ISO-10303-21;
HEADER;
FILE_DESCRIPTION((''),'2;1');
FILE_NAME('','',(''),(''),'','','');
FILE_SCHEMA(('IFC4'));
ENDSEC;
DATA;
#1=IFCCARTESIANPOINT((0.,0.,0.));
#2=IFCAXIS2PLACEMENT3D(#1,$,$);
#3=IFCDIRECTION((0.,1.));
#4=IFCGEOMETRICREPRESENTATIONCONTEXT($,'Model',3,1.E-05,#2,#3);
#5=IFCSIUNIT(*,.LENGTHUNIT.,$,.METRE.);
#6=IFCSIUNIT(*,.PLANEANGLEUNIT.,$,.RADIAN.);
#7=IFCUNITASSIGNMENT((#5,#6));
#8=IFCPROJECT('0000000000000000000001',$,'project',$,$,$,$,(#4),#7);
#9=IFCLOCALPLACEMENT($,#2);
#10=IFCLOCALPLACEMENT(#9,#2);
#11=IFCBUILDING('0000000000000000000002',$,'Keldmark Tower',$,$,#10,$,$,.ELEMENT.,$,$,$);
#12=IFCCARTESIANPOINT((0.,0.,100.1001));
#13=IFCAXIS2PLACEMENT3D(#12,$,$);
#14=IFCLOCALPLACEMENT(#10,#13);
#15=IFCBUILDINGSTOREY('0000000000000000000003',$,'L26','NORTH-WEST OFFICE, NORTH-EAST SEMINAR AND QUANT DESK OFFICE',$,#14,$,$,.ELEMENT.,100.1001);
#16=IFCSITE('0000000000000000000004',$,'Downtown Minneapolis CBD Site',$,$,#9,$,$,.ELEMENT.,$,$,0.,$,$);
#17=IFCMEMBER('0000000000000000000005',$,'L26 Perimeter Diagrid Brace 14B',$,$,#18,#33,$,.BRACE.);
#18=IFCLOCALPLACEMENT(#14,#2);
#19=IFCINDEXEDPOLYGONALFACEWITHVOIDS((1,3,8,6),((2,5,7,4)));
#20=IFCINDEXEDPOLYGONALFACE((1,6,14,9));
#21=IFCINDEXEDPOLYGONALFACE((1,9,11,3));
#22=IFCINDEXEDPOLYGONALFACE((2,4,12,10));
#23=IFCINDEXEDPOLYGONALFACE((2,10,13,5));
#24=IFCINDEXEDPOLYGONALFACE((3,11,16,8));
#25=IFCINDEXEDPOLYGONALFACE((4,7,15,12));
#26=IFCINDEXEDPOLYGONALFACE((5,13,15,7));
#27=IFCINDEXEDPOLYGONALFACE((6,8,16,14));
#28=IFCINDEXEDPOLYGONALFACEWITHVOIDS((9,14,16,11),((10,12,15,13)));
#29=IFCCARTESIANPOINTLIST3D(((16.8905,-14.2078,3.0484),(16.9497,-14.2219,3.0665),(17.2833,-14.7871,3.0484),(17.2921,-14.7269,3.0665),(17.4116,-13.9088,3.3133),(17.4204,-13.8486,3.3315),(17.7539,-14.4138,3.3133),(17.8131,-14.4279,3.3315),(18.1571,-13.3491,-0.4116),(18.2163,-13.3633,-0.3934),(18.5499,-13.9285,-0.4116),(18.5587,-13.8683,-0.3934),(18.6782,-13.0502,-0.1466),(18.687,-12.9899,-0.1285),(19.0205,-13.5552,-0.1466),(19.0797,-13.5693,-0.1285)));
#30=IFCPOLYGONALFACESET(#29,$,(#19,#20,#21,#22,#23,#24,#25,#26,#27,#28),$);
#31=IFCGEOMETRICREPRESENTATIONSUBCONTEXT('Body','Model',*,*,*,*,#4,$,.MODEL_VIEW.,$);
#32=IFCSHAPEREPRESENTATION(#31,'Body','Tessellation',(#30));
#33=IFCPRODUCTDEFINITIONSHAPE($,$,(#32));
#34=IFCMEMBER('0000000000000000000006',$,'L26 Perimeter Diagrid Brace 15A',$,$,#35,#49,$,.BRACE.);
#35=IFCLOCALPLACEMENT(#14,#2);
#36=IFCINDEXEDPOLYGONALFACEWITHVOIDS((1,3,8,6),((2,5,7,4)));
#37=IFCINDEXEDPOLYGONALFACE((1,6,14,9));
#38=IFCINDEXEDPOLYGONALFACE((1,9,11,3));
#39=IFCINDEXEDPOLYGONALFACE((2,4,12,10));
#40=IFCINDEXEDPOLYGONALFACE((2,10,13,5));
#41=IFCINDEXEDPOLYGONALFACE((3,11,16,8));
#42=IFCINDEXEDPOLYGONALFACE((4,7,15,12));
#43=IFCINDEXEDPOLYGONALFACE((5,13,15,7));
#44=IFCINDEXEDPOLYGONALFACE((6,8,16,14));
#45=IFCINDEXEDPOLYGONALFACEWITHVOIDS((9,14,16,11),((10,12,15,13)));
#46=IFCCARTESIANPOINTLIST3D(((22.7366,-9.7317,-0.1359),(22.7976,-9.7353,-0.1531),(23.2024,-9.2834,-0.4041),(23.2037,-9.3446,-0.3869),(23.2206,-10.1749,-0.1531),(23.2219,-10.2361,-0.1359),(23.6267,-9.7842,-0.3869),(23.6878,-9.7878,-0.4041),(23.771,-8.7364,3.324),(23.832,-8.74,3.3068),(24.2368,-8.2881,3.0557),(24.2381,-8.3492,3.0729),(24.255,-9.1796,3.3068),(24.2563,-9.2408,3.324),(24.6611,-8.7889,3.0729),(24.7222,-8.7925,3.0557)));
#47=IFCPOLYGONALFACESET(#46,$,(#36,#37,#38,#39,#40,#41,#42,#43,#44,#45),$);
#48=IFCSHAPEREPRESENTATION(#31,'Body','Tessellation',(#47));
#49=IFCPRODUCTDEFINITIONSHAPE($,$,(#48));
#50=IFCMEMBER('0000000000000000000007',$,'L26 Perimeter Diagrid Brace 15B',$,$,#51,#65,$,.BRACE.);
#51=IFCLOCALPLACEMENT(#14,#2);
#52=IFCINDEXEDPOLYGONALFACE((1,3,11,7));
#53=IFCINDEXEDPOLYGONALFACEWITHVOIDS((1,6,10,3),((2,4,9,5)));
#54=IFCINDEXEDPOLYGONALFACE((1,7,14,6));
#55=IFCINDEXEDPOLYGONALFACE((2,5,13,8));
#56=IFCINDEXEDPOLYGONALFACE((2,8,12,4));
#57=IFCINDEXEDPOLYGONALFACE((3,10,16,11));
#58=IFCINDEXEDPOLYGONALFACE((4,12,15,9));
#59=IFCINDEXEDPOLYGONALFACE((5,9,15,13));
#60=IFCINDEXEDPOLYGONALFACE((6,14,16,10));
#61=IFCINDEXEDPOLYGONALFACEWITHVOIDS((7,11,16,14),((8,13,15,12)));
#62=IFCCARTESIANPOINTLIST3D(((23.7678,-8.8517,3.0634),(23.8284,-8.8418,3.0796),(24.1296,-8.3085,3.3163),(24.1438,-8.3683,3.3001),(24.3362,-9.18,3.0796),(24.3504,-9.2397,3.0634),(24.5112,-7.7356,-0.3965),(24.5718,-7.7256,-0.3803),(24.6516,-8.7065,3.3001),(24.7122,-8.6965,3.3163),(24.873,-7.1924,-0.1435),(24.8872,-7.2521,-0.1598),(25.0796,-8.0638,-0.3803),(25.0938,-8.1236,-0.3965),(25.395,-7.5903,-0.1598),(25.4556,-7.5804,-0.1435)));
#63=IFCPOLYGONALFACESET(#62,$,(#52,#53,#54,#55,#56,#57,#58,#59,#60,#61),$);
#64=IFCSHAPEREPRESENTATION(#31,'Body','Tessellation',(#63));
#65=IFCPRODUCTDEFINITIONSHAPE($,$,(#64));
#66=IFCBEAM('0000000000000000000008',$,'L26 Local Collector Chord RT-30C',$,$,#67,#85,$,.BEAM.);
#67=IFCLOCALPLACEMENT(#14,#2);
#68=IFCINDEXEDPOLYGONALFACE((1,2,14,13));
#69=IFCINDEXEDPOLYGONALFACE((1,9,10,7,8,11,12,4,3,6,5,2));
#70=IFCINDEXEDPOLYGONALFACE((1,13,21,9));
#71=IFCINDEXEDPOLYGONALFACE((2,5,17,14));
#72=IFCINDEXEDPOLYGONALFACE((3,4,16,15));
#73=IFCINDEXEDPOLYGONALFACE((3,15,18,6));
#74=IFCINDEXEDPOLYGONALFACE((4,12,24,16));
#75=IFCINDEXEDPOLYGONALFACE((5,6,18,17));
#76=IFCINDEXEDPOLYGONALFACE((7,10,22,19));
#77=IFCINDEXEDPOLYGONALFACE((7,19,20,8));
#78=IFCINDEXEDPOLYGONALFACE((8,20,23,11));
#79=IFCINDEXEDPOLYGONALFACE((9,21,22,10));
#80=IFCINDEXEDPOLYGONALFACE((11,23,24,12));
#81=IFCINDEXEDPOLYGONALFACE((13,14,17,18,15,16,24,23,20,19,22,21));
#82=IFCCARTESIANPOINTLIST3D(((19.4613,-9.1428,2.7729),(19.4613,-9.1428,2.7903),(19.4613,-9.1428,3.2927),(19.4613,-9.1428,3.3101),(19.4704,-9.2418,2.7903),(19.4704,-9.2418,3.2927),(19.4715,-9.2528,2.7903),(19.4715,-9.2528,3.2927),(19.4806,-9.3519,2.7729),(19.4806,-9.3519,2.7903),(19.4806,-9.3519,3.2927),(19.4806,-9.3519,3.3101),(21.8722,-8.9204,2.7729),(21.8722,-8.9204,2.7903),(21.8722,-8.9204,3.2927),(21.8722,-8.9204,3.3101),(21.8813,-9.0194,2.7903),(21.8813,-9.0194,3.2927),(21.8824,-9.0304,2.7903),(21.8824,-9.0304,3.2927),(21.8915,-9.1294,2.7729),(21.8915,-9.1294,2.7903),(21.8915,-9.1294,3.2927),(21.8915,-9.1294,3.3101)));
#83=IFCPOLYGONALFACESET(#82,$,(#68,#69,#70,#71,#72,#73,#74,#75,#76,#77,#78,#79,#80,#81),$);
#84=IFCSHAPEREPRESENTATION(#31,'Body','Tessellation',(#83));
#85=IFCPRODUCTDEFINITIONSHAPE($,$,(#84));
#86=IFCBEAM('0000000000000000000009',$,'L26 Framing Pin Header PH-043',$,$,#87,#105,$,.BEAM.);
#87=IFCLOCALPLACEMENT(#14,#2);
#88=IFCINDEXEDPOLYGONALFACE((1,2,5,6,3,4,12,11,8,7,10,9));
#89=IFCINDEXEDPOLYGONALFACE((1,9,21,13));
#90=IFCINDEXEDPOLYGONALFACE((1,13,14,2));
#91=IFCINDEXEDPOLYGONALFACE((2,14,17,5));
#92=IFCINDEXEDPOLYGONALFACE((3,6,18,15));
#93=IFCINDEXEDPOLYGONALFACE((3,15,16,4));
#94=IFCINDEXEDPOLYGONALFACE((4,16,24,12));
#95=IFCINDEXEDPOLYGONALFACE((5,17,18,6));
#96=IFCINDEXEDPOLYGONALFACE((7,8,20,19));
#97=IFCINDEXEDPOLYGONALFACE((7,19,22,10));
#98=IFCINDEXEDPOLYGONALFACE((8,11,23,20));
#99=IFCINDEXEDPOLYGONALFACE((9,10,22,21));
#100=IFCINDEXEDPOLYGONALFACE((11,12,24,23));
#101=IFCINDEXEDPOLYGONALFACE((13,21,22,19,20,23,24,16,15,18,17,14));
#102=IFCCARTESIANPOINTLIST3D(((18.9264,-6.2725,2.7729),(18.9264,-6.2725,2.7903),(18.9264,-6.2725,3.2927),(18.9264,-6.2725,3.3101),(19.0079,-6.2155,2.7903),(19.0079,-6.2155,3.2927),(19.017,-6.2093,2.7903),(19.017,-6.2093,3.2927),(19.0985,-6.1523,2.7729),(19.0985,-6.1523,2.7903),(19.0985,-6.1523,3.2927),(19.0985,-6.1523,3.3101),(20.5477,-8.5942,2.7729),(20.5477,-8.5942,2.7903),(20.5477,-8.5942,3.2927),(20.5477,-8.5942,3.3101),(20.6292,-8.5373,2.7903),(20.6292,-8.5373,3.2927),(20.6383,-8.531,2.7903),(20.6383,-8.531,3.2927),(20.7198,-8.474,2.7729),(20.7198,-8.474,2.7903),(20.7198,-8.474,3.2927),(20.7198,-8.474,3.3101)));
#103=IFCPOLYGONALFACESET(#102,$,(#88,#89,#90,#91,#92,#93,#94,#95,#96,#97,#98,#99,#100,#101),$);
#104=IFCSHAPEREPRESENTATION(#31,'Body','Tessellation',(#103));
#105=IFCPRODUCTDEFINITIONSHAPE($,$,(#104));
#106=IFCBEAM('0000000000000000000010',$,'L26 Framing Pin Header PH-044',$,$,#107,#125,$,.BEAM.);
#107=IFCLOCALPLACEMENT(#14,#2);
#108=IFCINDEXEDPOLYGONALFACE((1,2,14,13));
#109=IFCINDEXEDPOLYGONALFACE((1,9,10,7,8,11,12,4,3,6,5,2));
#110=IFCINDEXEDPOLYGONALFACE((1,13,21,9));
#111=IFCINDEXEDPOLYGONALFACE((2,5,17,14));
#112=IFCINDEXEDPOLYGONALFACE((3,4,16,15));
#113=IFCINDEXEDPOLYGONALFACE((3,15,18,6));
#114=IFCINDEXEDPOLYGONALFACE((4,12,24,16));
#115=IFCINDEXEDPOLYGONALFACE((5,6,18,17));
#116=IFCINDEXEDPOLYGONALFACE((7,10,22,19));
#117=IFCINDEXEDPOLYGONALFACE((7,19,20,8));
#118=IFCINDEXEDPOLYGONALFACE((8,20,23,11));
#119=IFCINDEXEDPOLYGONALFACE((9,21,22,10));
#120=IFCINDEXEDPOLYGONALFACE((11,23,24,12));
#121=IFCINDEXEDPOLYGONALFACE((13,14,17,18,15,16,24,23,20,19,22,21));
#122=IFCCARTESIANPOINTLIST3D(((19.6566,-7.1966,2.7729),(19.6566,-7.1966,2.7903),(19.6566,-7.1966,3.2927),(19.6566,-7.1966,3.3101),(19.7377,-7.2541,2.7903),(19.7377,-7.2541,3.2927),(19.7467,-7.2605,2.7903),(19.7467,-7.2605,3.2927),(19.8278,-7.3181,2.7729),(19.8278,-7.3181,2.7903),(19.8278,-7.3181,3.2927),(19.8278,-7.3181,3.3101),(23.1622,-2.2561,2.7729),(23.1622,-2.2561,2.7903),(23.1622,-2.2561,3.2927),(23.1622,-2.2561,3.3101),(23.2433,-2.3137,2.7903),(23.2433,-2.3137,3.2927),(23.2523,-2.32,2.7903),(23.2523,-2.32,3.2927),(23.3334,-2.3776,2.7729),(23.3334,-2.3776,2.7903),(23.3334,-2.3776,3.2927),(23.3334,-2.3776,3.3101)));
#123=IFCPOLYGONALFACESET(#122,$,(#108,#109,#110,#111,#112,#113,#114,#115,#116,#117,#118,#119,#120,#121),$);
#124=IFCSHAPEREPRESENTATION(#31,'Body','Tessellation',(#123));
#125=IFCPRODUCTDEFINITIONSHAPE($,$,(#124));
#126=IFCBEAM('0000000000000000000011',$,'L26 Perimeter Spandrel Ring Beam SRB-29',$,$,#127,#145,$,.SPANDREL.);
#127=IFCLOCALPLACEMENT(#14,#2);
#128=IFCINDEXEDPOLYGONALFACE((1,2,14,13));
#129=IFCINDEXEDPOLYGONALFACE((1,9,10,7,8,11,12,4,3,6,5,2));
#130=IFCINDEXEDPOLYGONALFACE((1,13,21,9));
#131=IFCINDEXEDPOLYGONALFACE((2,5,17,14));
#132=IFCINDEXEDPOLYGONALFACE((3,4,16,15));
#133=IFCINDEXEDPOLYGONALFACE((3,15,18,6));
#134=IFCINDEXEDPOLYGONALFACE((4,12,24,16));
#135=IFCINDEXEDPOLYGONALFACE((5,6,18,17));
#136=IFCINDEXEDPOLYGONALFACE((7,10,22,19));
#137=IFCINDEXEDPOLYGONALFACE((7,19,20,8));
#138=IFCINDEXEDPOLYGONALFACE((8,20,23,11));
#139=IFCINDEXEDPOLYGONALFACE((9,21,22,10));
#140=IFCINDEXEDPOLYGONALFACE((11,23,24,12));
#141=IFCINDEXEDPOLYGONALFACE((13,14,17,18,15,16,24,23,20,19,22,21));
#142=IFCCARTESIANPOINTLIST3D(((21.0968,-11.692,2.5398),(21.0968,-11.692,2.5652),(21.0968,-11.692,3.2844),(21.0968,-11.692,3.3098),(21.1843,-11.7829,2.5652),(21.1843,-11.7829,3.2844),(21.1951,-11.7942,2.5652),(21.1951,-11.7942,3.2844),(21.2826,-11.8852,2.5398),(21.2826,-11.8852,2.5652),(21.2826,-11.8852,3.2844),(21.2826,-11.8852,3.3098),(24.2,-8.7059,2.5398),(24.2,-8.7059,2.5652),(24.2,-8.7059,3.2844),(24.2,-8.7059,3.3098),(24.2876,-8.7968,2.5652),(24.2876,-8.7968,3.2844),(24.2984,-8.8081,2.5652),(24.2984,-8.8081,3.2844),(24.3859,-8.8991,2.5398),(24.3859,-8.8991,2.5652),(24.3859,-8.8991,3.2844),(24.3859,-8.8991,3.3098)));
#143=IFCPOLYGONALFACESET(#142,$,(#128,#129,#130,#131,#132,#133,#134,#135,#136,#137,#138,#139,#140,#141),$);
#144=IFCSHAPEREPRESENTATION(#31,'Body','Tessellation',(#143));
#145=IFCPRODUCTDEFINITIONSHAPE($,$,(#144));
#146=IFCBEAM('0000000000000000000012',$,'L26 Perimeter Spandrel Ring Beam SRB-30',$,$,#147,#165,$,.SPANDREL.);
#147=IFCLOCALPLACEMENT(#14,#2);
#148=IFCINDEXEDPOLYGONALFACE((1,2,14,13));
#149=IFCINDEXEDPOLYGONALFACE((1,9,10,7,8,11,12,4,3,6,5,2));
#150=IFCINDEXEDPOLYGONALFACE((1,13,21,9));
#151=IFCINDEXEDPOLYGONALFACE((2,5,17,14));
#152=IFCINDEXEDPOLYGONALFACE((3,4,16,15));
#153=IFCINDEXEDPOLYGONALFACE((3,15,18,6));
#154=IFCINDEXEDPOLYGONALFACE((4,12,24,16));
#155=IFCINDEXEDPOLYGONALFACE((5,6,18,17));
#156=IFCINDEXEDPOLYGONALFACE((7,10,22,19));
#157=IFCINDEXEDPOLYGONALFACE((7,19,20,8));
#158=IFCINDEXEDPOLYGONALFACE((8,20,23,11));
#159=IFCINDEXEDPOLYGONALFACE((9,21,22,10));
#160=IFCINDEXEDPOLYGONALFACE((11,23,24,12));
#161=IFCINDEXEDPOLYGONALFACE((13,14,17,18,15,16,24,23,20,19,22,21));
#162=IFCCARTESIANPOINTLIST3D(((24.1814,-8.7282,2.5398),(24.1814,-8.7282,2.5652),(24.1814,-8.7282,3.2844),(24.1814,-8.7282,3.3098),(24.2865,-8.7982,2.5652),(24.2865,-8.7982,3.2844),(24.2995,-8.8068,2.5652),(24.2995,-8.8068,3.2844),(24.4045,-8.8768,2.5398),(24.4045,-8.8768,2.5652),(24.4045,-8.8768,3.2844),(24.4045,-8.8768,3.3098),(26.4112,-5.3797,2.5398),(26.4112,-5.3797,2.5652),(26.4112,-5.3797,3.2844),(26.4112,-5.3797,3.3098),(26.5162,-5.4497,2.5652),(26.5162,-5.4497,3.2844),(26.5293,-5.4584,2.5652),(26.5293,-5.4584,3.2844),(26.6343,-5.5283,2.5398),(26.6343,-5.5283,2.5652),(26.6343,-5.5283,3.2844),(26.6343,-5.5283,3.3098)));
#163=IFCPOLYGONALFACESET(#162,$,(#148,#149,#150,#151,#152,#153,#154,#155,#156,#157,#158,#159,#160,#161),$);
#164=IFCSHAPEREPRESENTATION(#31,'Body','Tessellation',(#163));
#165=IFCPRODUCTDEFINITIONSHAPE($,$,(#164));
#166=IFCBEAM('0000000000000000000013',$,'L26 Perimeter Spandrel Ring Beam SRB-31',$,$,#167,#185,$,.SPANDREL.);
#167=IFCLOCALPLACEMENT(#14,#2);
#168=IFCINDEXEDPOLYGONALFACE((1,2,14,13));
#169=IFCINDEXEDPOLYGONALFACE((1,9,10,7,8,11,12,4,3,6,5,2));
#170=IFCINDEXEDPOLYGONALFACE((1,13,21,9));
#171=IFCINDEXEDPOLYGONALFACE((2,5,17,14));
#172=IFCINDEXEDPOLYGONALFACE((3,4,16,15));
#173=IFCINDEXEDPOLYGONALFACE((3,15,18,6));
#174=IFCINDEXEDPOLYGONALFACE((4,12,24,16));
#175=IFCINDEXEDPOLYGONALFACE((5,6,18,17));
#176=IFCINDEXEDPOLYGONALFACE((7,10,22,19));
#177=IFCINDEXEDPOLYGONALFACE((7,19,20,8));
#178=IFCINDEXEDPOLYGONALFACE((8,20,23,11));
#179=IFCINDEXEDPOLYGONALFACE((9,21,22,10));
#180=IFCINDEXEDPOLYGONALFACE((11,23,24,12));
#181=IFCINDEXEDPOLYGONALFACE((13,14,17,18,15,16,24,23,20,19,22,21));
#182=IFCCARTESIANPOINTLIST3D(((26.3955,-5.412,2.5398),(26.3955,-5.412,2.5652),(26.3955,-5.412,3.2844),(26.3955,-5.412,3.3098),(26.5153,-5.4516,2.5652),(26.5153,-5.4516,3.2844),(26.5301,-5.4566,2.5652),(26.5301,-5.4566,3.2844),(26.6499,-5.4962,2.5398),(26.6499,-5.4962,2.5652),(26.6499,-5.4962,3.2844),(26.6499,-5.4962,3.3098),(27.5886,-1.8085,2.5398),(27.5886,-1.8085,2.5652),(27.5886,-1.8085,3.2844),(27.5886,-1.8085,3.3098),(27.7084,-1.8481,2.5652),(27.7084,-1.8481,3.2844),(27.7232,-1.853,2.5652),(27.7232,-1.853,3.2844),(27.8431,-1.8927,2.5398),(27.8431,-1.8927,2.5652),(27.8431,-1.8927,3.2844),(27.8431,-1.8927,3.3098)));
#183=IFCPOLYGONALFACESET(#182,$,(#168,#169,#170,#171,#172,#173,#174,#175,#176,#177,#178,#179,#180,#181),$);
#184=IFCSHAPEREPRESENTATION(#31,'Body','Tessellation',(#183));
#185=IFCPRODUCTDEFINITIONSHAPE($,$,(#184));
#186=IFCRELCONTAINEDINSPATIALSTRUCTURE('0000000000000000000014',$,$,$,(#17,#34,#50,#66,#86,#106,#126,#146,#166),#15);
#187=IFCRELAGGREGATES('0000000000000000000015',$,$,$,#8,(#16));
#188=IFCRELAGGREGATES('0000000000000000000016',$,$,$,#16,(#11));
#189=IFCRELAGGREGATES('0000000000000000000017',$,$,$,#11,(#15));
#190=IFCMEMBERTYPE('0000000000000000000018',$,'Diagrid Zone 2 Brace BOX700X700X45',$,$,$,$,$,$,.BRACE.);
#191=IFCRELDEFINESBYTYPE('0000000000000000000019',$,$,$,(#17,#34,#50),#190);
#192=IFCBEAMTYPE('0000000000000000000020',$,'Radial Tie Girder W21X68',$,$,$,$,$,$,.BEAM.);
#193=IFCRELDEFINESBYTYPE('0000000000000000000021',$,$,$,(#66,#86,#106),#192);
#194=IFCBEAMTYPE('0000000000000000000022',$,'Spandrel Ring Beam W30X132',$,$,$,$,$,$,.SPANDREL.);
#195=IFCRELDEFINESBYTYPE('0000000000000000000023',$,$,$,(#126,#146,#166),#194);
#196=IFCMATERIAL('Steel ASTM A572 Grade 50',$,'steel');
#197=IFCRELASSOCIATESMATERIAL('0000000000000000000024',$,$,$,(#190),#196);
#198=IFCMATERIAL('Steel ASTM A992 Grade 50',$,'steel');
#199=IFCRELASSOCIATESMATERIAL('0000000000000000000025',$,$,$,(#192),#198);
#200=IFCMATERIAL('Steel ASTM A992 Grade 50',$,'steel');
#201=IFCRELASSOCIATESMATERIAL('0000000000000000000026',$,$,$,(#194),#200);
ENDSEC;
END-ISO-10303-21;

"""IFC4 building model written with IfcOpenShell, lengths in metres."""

from ifc_helpers import new_model, si_unit, direction, frame, origin, origin_2d, place, context, subcontext, project, spatial, hollow_rectangle, i_section, extrude, material, material_profile, profile_set, type_object, element, save


model = new_model("IFC4")

# Units and contexts
model_context = context("Model", 3, precision=1e-05, world=origin(), true_north=direction((0.0, 1.0)))
body_context = subcontext(model_context, "Body", "Model", "MODEL_VIEW")
ifc_project = project(units=[si_unit("LENGTHUNIT", "METRE"), si_unit("PLANEANGLEUNIT", "RADIAN")], contexts=[model_context])

# Site, building, storey
site_placement = place(None, origin())
site = spatial("IfcSite", under=ifc_project, at=site_placement, Name="Downtown Minneapolis CBD Site", CompositionType="ELEMENT", RefElevation=0.0)
building_placement = place(site_placement, origin())
building = spatial("IfcBuilding", under=site, at=building_placement, Name="Keldmark Tower", CompositionType="ELEMENT")
storey_placement = place(building_placement, frame((0.0, 0.0, 100.1001)))
storey = spatial("IfcBuildingStorey", under=building, at=storey_placement, Name="L26", Description="NORTH-WEST OFFICE, NORTH-EAST SEMINAR AND QUANT DESK OFFICE", CompositionType="ELEMENT", Elevation=100.1001)

# Members
ifc_material_1 = material(Name="Steel ASTM A572 Grade 50", Category="steel")
ifc_material_profile_1 = material_profile(ifc_material_1, hollow_rectangle(XDim=0.7, YDim=0.7, WallThickness=0.0449, at=origin_2d()), Name="BOX700X700X45")
ifc_profile_set_1 = profile_set([ifc_material_profile_1], Name="Steel ASTM A572 Grade 50")
member_type = type_object("IfcMemberType", Name="Diagrid Zone 2 Brace BOX700X700X45", PredefinedType="BRACE", material=ifc_profile_set_1)
member_1_placement = place(storey_placement, frame((18.6184, -13.4592, -0.27), z_axis=(-0.334793, -0.22696, 0.914551), x_axis=(0.561127, -0.82773, 0.0)))
element("IfcMember", 1, at=member_1_placement, inside=storey, type_object=member_type, Name="L26 Perimeter Diagrid Brace 14B", PredefinedType="BRACE", context=body_context, shape_type="SweptSolid", body=[
    extrude(hollow_rectangle(XDim=0.7, YDim=0.7, WallThickness=0.0449, at=origin_2d()), origin(), (0.0, 0.0, 1.0), 3.7832),
])
member_2_placement = place(storey_placement, frame((23.2122, -9.7598, -0.27), z_axis=(0.276145, 0.265717, 0.923655), x_axis=(-0.69337, 0.720581, 0.0)))
element("IfcMember", 2, at=member_2_placement, inside=storey, type_object=member_type, Name="L26 Perimeter Diagrid Brace 15A", PredefinedType="BRACE", context=body_context, shape_type="SweptSolid", body=[
    extrude(hollow_rectangle(XDim=0.7, YDim=0.7, WallThickness=0.0449, at=origin_2d()), origin(), (0.0, 0.0, 1.0), 3.7458),
])
member_3_placement = place(storey_placement, frame((24.9834, -7.658, -0.27), z_axis=(-0.200337, -0.300802, 0.932407), x_axis=(0.832302, -0.554322, 0.0)))
element("IfcMember", 3, at=member_3_placement, inside=storey, type_object=member_type, Name="L26 Perimeter Diagrid Brace 15B", PredefinedType="BRACE", context=body_context, shape_type="SweptSolid", body=[
    extrude(hollow_rectangle(XDim=0.7, YDim=0.7, WallThickness=0.0449, at=origin_2d()), origin(), (0.0, 0.0, 1.0), 3.7107),
])

# Beams
ifc_material_2 = material(Name="Steel ASTM A992 Grade 50", Category="steel")
ifc_material_profile_2 = material_profile(ifc_material_2, i_section(OverallWidth=0.21, OverallDepth=0.5371, WebThickness=0.011, FlangeThickness=0.0173, at=origin_2d()), Name="W21X68")
ifc_profile_set_2 = profile_set([ifc_material_profile_2], Name="Steel ASTM A992 Grade 50")
beam_type_1 = type_object("IfcBeamType", Name="Radial Tie Girder W21X68", PredefinedType="BEAM", material=ifc_profile_set_2)
beam_1_placement = place(storey_placement, frame((19.4709, -9.2473, 3.0415), z_axis=(0.995772, 0.091863, 0.0), x_axis=(-0.091863, 0.995772, 0.0)))
element("IfcBeam", 4, at=beam_1_placement, inside=storey, type_object=beam_type_1, Name="L26 Local Collector Chord RT-30C", PredefinedType="BEAM", context=body_context, shape_type="SweptSolid", body=[
    extrude(i_section(OverallWidth=0.21, OverallDepth=0.5371, WebThickness=0.011, FlangeThickness=0.0173, at=origin_2d()), origin(), (0.0, 0.0, 1.0), 2.4211),
])
beam_2_placement = place(storey_placement, frame((19.0125, -6.2124, 3.0415), z_axis=(0.572536, -0.819879, 0.0), x_axis=(0.819879, 0.572536, 0.0)))
element("IfcBeam", 5, at=beam_2_placement, inside=storey, type_object=beam_type_1, Name="L26 Framing Pin Header PH-043", PredefinedType="BEAM", context=body_context, shape_type="SweptSolid", body=[
    extrude(i_section(OverallWidth=0.21, OverallDepth=0.5371, WebThickness=0.011, FlangeThickness=0.0173, at=origin_2d()), origin(), (0.0, 0.0, 1.0), 2.8318),
])
beam_3_placement = place(storey_placement, frame((19.7422, -7.2573, 3.0415), z_axis=(0.578693, 0.815546, 0.0), x_axis=(-0.815546, 0.578693, 0.0)))
element("IfcBeam", 6, at=beam_3_placement, inside=storey, type_object=beam_type_1, Name="L26 Framing Pin Header PH-044", PredefinedType="BEAM", context=body_context, shape_type="SweptSolid", body=[
    extrude(i_section(OverallWidth=0.21, OverallDepth=0.5371, WebThickness=0.011, FlangeThickness=0.0173, at=origin_2d()), origin(), (0.0, 0.0, 1.0), 6.0579),
])
ifc_material_3 = material(Name="Steel ASTM A992 Grade 50", Category="steel")
ifc_material_profile_3 = material_profile(ifc_material_3, i_section(OverallWidth=0.2681, OverallDepth=0.77, WebThickness=0.0156, FlangeThickness=0.0254, at=origin_2d()), Name="W30X132")
ifc_profile_set_3 = profile_set([ifc_material_profile_3], Name="Steel ASTM A992 Grade 50")
beam_type_2 = type_object("IfcBeamType", Name="Spandrel Ring Beam W30X132", PredefinedType="SPANDREL", material=ifc_profile_set_3)
beam_4_placement = place(storey_placement, frame((21.1897, -11.7886, 2.9248), z_axis=(0.720581, 0.69337, 0.0), x_axis=(-0.69337, 0.720581, 0.0)))
element("IfcBeam", 7, at=beam_4_placement, inside=storey, type_object=beam_type_2, Name="L26 Perimeter Spandrel Ring Beam SRB-29", PredefinedType="SPANDREL", context=body_context, shape_type="SweptSolid", body=[
    extrude(i_section(OverallWidth=0.2681, OverallDepth=0.77, WebThickness=0.0156, FlangeThickness=0.0254, at=origin_2d()), origin(), (0.0, 0.0, 1.0), 4.3066),
])
beam_5_placement = place(storey_placement, frame((24.293, -8.8025, 2.9248), z_axis=(0.554266, 0.83234, 0.0), x_axis=(-0.83234, 0.554266, 0.0)))
element("IfcBeam", 8, at=beam_5_placement, inside=storey, type_object=beam_type_2, Name="L26 Perimeter Spandrel Ring Beam SRB-30", PredefinedType="SPANDREL", context=body_context, shape_type="SweptSolid", body=[
    extrude(i_section(OverallWidth=0.2681, OverallDepth=0.77, WebThickness=0.0156, FlangeThickness=0.0254, at=origin_2d()), origin(), (0.0, 0.0, 1.0), 4.0229),
])
beam_6_placement = place(storey_placement, frame((26.5227, -5.4541, 2.9248), z_axis=(0.314317, 0.949318, 0.0), x_axis=(-0.949318, 0.314317, 0.0)))
element("IfcBeam", 9, at=beam_6_placement, inside=storey, type_object=beam_type_2, Name="L26 Perimeter Spandrel Ring Beam SRB-31", PredefinedType="SPANDREL", context=body_context, shape_type="SweptSolid", body=[
    extrude(i_section(OverallWidth=0.2681, OverallDepth=0.77, WebThickness=0.0156, FlangeThickness=0.0254, at=origin_2d()), origin(), (0.0, 0.0, 1.0), 3.7959),
])

save(model, "model.ifc")
